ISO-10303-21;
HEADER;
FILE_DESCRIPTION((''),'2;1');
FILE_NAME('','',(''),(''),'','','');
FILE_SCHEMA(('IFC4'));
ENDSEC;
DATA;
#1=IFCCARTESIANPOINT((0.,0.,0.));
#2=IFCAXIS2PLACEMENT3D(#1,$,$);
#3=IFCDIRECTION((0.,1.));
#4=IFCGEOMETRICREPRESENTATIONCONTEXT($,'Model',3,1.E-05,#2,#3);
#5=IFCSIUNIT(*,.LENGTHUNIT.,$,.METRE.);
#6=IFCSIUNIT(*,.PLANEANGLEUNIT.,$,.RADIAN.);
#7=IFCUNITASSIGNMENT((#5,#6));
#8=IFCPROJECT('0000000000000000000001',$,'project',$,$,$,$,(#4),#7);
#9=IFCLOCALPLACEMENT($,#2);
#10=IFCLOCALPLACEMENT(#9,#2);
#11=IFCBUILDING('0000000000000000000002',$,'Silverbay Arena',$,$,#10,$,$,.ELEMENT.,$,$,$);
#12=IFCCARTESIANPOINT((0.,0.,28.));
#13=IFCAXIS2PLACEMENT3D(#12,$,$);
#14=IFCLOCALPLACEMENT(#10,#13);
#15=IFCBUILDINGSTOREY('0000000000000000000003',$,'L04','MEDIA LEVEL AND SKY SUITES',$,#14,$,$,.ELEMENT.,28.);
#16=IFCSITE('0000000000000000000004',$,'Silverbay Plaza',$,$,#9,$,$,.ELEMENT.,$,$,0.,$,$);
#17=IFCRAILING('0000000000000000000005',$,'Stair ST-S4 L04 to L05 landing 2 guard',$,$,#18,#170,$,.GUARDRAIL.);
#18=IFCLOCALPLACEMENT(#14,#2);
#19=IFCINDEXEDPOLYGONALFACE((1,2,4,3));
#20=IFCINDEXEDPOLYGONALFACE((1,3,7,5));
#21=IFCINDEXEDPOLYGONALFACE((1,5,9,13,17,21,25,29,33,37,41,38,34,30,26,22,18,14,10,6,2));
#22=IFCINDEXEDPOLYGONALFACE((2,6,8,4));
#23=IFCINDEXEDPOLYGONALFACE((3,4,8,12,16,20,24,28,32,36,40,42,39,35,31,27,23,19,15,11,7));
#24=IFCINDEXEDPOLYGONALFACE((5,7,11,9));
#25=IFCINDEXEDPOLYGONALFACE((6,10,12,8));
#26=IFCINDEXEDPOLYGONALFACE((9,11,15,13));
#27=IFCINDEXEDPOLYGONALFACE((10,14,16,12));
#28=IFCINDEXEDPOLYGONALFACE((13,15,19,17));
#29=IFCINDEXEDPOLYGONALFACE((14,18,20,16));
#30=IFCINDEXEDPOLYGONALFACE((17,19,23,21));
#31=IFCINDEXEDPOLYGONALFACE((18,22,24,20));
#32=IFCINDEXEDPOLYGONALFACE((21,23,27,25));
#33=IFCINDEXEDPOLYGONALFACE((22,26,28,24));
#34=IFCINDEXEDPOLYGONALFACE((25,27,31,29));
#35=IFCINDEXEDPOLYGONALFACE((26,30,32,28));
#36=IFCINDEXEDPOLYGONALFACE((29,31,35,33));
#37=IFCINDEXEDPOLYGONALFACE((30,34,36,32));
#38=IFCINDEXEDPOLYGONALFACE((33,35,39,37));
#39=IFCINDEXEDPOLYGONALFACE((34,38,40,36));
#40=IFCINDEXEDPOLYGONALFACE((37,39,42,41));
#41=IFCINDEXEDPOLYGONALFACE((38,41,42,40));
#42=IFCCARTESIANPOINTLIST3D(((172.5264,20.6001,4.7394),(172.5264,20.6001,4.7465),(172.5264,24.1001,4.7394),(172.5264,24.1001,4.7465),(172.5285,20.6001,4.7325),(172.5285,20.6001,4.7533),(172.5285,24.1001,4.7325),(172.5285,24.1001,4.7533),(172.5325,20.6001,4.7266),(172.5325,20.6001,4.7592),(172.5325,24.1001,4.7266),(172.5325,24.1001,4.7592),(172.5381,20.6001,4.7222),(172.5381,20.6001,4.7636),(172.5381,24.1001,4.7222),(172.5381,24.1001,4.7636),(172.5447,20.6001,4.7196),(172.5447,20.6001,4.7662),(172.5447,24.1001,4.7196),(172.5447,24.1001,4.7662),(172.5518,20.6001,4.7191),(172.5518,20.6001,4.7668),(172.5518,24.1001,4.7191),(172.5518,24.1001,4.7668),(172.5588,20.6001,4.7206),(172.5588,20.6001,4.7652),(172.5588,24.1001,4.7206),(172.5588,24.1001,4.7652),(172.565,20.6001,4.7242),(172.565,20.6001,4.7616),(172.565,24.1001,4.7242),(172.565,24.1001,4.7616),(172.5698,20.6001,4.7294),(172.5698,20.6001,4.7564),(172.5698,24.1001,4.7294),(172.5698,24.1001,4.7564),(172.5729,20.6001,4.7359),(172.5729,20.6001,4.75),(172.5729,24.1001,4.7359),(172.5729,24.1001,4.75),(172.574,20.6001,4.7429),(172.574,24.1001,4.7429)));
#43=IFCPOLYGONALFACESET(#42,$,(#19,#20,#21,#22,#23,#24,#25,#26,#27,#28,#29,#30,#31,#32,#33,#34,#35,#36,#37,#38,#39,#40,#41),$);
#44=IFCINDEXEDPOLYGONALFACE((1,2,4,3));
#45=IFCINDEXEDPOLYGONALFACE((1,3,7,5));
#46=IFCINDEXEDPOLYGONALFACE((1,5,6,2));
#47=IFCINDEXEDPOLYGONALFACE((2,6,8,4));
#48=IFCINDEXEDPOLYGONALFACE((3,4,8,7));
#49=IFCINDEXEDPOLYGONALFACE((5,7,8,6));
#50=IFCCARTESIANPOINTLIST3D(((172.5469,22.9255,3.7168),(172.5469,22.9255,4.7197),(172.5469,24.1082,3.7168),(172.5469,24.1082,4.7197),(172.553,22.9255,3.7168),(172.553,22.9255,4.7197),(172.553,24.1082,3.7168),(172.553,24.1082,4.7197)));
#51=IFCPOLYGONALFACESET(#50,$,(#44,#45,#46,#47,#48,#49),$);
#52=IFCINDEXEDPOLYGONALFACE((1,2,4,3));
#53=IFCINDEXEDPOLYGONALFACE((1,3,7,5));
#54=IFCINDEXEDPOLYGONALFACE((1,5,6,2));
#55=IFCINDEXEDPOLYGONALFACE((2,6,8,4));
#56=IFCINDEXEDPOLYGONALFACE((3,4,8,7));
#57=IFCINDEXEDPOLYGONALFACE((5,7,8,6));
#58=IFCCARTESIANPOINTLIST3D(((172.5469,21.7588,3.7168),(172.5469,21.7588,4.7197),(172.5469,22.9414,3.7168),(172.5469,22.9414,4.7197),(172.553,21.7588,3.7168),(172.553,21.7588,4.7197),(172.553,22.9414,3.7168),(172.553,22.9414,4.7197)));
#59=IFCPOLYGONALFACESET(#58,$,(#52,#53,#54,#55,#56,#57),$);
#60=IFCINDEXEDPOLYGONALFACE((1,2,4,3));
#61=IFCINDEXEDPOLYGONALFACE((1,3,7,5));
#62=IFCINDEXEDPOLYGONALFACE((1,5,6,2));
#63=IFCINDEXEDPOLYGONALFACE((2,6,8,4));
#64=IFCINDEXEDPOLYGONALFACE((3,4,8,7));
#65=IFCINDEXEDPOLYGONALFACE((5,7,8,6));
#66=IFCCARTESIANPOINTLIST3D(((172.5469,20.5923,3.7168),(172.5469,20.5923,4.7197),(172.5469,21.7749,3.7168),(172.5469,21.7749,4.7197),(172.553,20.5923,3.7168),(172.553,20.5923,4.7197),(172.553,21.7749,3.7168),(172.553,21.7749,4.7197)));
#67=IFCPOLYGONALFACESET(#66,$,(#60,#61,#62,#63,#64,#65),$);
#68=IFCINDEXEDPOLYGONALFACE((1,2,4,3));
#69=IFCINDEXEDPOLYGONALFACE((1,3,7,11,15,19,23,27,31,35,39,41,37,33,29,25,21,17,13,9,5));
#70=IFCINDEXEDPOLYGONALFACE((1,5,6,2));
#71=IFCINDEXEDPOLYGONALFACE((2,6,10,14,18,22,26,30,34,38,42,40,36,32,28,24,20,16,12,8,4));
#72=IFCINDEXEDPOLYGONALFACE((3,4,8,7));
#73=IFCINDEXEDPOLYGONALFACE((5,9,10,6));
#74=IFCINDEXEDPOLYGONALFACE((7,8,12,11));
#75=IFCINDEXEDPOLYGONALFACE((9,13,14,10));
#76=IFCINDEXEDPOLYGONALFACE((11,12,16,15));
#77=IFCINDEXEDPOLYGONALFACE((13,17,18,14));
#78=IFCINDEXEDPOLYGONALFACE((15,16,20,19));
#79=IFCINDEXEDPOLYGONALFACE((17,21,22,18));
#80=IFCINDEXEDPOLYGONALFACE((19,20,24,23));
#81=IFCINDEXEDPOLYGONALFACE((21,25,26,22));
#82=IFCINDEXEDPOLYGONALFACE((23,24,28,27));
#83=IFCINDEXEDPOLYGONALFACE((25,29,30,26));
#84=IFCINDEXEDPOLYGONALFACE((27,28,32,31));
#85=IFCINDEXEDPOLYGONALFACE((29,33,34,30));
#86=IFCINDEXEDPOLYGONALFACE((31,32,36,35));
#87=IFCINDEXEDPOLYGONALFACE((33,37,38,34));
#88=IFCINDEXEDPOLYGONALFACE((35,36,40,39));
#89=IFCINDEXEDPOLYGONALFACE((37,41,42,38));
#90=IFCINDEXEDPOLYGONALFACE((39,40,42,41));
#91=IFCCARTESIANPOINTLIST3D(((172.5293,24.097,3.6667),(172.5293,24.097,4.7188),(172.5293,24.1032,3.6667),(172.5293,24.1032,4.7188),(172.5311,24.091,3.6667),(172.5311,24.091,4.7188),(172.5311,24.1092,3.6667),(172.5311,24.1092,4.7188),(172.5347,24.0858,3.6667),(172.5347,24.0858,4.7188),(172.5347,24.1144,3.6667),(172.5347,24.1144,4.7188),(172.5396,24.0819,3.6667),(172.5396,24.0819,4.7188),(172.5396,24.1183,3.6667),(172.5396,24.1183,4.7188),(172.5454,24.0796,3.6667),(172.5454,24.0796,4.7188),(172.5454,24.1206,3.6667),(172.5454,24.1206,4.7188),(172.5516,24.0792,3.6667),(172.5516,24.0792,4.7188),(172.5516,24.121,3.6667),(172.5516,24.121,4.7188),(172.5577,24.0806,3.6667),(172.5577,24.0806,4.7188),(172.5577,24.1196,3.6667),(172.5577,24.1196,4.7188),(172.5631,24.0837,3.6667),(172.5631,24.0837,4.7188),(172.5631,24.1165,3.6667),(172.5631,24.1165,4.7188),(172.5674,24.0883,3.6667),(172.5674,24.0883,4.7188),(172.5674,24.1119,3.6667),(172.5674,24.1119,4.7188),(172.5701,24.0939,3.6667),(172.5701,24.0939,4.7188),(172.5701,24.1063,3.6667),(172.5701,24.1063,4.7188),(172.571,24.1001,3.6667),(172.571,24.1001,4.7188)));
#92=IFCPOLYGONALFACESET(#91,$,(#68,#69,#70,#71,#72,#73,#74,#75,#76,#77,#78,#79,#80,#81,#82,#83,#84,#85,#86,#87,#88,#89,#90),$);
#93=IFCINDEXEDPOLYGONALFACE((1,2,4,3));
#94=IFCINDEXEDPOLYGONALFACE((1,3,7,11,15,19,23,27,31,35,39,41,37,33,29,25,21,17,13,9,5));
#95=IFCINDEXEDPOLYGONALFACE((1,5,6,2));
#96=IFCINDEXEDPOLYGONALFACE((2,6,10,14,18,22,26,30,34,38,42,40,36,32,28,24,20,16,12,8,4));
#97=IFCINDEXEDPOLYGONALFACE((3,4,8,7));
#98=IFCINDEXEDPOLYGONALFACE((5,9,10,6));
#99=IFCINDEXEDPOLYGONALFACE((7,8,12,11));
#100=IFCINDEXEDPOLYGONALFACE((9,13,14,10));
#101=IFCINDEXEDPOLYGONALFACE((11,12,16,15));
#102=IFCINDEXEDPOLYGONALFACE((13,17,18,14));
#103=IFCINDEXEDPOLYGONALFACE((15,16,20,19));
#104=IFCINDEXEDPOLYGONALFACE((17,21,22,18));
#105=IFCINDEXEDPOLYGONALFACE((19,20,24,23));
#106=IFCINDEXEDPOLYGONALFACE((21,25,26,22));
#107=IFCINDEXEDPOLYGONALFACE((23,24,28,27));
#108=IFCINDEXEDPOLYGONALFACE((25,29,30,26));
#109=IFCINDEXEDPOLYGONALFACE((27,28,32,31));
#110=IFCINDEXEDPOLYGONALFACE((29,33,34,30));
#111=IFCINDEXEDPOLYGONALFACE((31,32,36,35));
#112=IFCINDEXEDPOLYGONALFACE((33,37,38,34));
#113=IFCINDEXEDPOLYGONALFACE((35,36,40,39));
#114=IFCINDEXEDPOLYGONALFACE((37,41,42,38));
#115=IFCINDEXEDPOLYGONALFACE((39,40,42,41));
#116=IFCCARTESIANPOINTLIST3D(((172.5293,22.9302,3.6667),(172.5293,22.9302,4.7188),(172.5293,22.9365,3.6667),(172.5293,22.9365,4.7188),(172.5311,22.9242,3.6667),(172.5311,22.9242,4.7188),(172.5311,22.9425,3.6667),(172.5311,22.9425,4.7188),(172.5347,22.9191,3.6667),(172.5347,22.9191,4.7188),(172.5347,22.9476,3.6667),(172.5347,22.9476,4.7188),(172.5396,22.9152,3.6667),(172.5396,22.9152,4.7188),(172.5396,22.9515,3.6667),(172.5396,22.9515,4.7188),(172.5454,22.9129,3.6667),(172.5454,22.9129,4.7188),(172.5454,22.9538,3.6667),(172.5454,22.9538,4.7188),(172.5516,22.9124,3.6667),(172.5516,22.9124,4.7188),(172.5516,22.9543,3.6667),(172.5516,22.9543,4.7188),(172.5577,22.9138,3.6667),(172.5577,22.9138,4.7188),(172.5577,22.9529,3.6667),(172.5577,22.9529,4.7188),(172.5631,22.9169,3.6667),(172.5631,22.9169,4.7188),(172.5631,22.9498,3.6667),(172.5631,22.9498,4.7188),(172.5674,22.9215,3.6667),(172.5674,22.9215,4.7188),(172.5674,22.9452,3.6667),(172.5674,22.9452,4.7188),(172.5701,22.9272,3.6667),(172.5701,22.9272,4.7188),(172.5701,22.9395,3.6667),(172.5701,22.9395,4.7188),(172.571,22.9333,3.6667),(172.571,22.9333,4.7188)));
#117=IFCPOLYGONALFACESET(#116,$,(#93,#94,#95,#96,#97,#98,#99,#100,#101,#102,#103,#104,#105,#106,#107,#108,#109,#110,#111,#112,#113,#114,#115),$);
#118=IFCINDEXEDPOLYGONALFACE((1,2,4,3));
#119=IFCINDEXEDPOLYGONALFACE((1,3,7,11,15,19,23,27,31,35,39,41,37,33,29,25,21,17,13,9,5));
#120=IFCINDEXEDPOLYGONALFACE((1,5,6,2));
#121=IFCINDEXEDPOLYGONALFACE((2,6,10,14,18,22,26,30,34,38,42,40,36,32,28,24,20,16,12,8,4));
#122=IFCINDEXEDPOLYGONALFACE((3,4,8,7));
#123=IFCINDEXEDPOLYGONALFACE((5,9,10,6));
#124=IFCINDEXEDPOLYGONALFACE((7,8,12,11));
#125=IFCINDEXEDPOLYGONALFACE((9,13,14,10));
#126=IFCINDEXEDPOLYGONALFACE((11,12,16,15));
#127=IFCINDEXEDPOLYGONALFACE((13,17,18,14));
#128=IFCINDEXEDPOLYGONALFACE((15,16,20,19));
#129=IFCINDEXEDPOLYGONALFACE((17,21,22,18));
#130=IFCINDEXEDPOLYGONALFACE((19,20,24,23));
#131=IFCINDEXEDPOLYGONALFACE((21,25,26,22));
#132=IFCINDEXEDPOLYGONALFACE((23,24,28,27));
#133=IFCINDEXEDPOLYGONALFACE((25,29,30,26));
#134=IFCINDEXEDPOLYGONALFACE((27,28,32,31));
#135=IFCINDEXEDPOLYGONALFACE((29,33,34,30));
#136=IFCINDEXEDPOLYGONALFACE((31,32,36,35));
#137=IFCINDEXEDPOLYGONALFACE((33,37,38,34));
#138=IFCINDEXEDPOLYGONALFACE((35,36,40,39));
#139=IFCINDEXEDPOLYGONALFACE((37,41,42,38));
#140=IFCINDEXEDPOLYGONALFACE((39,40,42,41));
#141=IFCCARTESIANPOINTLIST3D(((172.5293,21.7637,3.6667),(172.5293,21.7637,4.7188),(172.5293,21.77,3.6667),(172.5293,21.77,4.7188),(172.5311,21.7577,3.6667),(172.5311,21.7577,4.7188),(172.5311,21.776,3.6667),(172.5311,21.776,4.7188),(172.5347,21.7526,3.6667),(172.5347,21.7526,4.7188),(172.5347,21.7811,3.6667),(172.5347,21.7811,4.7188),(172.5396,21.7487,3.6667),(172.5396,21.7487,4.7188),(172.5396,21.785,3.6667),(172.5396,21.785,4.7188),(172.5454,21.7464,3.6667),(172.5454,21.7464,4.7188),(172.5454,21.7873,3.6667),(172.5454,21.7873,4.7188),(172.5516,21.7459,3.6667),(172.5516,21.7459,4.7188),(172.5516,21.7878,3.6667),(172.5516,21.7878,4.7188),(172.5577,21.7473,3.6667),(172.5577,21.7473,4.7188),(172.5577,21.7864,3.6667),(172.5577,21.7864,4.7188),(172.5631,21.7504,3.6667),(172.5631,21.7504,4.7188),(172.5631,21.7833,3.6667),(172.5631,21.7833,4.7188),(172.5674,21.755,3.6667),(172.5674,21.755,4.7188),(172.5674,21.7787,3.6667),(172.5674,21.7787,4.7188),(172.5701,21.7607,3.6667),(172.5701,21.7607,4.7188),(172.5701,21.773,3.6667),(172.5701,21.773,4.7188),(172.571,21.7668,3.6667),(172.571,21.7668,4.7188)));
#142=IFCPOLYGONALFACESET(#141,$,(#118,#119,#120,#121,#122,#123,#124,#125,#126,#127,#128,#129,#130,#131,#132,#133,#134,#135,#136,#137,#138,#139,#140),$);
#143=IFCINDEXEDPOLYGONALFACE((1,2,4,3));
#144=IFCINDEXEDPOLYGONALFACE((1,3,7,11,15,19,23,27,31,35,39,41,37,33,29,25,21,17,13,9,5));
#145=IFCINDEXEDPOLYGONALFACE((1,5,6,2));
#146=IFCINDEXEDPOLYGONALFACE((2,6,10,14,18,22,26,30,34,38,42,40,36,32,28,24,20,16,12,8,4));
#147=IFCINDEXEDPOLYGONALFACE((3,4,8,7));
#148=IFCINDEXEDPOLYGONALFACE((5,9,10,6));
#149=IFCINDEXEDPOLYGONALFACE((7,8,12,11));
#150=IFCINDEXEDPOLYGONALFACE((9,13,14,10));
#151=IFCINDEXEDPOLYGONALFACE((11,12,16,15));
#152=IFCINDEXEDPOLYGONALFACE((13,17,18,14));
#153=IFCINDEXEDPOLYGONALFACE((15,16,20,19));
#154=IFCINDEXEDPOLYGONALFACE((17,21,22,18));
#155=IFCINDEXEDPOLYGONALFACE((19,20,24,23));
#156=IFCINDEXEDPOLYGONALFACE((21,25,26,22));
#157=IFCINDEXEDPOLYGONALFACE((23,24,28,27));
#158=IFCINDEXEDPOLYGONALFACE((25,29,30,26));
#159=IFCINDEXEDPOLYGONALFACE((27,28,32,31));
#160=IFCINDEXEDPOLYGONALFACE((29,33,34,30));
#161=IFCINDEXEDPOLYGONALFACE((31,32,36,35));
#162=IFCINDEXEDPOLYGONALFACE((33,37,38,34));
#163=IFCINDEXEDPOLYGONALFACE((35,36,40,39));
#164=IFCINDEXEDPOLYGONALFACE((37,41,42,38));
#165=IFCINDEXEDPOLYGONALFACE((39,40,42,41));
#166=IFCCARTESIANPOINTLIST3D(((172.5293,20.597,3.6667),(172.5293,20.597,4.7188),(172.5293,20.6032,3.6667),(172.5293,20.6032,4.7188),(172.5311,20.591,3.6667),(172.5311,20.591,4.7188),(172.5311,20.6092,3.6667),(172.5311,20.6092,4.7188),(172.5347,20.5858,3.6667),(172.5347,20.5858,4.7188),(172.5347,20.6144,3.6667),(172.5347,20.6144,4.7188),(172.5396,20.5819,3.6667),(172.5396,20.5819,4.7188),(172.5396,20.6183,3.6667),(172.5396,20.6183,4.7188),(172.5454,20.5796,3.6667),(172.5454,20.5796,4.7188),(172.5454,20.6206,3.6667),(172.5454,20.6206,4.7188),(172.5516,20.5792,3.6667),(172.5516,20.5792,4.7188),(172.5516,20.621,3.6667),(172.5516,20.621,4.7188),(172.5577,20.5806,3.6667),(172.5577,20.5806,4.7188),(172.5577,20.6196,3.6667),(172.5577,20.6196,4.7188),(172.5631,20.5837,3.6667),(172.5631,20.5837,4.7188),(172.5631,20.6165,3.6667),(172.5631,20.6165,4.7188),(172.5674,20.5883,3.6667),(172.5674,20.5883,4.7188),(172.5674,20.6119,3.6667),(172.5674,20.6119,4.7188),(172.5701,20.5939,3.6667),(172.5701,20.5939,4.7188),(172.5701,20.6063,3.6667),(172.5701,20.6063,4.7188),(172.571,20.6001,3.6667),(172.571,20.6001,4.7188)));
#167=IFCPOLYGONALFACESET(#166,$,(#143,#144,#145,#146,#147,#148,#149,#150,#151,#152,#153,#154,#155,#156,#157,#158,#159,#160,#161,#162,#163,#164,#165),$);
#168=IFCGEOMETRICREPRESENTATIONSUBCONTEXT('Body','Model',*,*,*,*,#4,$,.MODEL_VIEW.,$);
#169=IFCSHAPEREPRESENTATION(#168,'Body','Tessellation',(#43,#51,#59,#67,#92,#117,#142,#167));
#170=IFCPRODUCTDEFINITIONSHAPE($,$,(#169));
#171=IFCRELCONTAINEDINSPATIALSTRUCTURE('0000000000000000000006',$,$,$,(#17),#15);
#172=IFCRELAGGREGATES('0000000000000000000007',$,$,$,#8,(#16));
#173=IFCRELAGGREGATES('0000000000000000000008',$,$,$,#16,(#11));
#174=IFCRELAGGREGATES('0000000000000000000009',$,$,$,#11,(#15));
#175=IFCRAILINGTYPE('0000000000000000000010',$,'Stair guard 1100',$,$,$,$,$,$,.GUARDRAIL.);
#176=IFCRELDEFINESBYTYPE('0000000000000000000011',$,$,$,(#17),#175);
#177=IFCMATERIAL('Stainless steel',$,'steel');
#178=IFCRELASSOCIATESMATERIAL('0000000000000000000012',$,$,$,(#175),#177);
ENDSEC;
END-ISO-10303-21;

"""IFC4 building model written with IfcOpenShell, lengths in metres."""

from ifc_helpers import new_model, si_unit, direction, frame, origin, origin_2d, place, context, subcontext, project, spatial, polyline, circle, outline, extrude, material, type_object, element, save


model = new_model("IFC4")

# Units and contexts
model_context = context("Model", 3, precision=1e-05, world=origin(), true_north=direction((0.0, 1.0)))
body_context = subcontext(model_context, "Body", "Model", "MODEL_VIEW")
ifc_project = project(units=[si_unit("LENGTHUNIT", "METRE"), si_unit("PLANEANGLEUNIT", "RADIAN")], contexts=[model_context])

# Site, building, storey
site_placement = place(None, origin())
site = spatial("IfcSite", under=ifc_project, at=site_placement, Name="Silverbay Plaza", CompositionType="ELEMENT", RefElevation=0.0)
building_placement = place(site_placement, origin())
building = spatial("IfcBuilding", under=site, at=building_placement, Name="Silverbay Arena", CompositionType="ELEMENT")
storey_placement = place(building_placement, frame((0.0, 0.0, 28.0)))
storey = spatial("IfcBuildingStorey", under=building, at=storey_placement, Name="L04", Description="MEDIA LEVEL AND SKY SUITES", CompositionType="ELEMENT", Elevation=28.0)

# Railing
ifc_material_1 = material(Name="Stainless steel", Category="steel")
railing_type_1 = type_object("IfcRailingType", Name="Stair guard 1100", PredefinedType="GUARDRAIL", material=ifc_material_1)
for number, where, name in (
    (1, (172.55, 24.1001, 3.6667), "Stair ST-S4 L04 to L05 landing 2 guard"),
):
    element("IfcRailing", number, at=place(storey_placement, frame(where)), inside=storey, type_object=railing_type_1, Name=name, PredefinedType="GUARDRAIL", context=body_context, shape_type="SweptSolid", body=[
        extrude(circle(Radius=0.0239, at=origin_2d()), frame((0.0, 0.0, 1.0762), z_axis=(0.0, -1.0, 0.0), x_axis=(1.0, 0.0, 0.0)), (0.0, 0.0, 1.0), 3.5),
        extrude(outline(polyline([(-0.0081, 0.05), (1.1746, 0.05), (1.1746, 1.053), (-0.0081, 1.053), (-0.0081, 0.05)])), frame((0.0029, 0.0, 0.0), z_axis=(-1.0, 0.0, 0.0), x_axis=(0.0, -1.0, 0.0)), (0.0, 0.0, 1.0), 0.0061),
        extrude(outline(polyline([(-0.0081, 0.05), (1.1746, 0.05), (1.1746, 1.053), (-0.0081, 1.053), (-0.0081, 0.05)])), frame((0.0029, -1.1667, 0.0), z_axis=(-1.0, 0.0, 0.0), x_axis=(0.0, -1.0, 0.0)), (0.0, 0.0, 1.0), 0.0061),
        extrude(outline(polyline([(-0.0081, 0.05), (1.1746, 0.05), (1.1746, 1.053), (-0.0081, 1.053), (-0.0081, 0.05)])), frame((0.0029, -2.3333, 0.0), z_axis=(-1.0, 0.0, 0.0), x_axis=(0.0, -1.0, 0.0)), (0.0, 0.0, 1.0), 0.0061),
        extrude(circle(Radius=0.021, at=origin_2d()), origin(), (0.0, 0.0, 1.0), 1.052),
        extrude(circle(Radius=0.021, at=origin_2d()), frame((0.0, -1.1667, 0.0)), (0.0, 0.0, 1.0), 1.052),
        extrude(circle(Radius=0.021, at=origin_2d()), frame((0.0, -2.3333, 0.0)), (0.0, 0.0, 1.0), 1.052),
        extrude(circle(Radius=0.021, at=origin_2d()), frame((0.0, -3.5, 0.0)), (0.0, 0.0, 1.0), 1.052),
    ])

save(model, "model.ifc")
